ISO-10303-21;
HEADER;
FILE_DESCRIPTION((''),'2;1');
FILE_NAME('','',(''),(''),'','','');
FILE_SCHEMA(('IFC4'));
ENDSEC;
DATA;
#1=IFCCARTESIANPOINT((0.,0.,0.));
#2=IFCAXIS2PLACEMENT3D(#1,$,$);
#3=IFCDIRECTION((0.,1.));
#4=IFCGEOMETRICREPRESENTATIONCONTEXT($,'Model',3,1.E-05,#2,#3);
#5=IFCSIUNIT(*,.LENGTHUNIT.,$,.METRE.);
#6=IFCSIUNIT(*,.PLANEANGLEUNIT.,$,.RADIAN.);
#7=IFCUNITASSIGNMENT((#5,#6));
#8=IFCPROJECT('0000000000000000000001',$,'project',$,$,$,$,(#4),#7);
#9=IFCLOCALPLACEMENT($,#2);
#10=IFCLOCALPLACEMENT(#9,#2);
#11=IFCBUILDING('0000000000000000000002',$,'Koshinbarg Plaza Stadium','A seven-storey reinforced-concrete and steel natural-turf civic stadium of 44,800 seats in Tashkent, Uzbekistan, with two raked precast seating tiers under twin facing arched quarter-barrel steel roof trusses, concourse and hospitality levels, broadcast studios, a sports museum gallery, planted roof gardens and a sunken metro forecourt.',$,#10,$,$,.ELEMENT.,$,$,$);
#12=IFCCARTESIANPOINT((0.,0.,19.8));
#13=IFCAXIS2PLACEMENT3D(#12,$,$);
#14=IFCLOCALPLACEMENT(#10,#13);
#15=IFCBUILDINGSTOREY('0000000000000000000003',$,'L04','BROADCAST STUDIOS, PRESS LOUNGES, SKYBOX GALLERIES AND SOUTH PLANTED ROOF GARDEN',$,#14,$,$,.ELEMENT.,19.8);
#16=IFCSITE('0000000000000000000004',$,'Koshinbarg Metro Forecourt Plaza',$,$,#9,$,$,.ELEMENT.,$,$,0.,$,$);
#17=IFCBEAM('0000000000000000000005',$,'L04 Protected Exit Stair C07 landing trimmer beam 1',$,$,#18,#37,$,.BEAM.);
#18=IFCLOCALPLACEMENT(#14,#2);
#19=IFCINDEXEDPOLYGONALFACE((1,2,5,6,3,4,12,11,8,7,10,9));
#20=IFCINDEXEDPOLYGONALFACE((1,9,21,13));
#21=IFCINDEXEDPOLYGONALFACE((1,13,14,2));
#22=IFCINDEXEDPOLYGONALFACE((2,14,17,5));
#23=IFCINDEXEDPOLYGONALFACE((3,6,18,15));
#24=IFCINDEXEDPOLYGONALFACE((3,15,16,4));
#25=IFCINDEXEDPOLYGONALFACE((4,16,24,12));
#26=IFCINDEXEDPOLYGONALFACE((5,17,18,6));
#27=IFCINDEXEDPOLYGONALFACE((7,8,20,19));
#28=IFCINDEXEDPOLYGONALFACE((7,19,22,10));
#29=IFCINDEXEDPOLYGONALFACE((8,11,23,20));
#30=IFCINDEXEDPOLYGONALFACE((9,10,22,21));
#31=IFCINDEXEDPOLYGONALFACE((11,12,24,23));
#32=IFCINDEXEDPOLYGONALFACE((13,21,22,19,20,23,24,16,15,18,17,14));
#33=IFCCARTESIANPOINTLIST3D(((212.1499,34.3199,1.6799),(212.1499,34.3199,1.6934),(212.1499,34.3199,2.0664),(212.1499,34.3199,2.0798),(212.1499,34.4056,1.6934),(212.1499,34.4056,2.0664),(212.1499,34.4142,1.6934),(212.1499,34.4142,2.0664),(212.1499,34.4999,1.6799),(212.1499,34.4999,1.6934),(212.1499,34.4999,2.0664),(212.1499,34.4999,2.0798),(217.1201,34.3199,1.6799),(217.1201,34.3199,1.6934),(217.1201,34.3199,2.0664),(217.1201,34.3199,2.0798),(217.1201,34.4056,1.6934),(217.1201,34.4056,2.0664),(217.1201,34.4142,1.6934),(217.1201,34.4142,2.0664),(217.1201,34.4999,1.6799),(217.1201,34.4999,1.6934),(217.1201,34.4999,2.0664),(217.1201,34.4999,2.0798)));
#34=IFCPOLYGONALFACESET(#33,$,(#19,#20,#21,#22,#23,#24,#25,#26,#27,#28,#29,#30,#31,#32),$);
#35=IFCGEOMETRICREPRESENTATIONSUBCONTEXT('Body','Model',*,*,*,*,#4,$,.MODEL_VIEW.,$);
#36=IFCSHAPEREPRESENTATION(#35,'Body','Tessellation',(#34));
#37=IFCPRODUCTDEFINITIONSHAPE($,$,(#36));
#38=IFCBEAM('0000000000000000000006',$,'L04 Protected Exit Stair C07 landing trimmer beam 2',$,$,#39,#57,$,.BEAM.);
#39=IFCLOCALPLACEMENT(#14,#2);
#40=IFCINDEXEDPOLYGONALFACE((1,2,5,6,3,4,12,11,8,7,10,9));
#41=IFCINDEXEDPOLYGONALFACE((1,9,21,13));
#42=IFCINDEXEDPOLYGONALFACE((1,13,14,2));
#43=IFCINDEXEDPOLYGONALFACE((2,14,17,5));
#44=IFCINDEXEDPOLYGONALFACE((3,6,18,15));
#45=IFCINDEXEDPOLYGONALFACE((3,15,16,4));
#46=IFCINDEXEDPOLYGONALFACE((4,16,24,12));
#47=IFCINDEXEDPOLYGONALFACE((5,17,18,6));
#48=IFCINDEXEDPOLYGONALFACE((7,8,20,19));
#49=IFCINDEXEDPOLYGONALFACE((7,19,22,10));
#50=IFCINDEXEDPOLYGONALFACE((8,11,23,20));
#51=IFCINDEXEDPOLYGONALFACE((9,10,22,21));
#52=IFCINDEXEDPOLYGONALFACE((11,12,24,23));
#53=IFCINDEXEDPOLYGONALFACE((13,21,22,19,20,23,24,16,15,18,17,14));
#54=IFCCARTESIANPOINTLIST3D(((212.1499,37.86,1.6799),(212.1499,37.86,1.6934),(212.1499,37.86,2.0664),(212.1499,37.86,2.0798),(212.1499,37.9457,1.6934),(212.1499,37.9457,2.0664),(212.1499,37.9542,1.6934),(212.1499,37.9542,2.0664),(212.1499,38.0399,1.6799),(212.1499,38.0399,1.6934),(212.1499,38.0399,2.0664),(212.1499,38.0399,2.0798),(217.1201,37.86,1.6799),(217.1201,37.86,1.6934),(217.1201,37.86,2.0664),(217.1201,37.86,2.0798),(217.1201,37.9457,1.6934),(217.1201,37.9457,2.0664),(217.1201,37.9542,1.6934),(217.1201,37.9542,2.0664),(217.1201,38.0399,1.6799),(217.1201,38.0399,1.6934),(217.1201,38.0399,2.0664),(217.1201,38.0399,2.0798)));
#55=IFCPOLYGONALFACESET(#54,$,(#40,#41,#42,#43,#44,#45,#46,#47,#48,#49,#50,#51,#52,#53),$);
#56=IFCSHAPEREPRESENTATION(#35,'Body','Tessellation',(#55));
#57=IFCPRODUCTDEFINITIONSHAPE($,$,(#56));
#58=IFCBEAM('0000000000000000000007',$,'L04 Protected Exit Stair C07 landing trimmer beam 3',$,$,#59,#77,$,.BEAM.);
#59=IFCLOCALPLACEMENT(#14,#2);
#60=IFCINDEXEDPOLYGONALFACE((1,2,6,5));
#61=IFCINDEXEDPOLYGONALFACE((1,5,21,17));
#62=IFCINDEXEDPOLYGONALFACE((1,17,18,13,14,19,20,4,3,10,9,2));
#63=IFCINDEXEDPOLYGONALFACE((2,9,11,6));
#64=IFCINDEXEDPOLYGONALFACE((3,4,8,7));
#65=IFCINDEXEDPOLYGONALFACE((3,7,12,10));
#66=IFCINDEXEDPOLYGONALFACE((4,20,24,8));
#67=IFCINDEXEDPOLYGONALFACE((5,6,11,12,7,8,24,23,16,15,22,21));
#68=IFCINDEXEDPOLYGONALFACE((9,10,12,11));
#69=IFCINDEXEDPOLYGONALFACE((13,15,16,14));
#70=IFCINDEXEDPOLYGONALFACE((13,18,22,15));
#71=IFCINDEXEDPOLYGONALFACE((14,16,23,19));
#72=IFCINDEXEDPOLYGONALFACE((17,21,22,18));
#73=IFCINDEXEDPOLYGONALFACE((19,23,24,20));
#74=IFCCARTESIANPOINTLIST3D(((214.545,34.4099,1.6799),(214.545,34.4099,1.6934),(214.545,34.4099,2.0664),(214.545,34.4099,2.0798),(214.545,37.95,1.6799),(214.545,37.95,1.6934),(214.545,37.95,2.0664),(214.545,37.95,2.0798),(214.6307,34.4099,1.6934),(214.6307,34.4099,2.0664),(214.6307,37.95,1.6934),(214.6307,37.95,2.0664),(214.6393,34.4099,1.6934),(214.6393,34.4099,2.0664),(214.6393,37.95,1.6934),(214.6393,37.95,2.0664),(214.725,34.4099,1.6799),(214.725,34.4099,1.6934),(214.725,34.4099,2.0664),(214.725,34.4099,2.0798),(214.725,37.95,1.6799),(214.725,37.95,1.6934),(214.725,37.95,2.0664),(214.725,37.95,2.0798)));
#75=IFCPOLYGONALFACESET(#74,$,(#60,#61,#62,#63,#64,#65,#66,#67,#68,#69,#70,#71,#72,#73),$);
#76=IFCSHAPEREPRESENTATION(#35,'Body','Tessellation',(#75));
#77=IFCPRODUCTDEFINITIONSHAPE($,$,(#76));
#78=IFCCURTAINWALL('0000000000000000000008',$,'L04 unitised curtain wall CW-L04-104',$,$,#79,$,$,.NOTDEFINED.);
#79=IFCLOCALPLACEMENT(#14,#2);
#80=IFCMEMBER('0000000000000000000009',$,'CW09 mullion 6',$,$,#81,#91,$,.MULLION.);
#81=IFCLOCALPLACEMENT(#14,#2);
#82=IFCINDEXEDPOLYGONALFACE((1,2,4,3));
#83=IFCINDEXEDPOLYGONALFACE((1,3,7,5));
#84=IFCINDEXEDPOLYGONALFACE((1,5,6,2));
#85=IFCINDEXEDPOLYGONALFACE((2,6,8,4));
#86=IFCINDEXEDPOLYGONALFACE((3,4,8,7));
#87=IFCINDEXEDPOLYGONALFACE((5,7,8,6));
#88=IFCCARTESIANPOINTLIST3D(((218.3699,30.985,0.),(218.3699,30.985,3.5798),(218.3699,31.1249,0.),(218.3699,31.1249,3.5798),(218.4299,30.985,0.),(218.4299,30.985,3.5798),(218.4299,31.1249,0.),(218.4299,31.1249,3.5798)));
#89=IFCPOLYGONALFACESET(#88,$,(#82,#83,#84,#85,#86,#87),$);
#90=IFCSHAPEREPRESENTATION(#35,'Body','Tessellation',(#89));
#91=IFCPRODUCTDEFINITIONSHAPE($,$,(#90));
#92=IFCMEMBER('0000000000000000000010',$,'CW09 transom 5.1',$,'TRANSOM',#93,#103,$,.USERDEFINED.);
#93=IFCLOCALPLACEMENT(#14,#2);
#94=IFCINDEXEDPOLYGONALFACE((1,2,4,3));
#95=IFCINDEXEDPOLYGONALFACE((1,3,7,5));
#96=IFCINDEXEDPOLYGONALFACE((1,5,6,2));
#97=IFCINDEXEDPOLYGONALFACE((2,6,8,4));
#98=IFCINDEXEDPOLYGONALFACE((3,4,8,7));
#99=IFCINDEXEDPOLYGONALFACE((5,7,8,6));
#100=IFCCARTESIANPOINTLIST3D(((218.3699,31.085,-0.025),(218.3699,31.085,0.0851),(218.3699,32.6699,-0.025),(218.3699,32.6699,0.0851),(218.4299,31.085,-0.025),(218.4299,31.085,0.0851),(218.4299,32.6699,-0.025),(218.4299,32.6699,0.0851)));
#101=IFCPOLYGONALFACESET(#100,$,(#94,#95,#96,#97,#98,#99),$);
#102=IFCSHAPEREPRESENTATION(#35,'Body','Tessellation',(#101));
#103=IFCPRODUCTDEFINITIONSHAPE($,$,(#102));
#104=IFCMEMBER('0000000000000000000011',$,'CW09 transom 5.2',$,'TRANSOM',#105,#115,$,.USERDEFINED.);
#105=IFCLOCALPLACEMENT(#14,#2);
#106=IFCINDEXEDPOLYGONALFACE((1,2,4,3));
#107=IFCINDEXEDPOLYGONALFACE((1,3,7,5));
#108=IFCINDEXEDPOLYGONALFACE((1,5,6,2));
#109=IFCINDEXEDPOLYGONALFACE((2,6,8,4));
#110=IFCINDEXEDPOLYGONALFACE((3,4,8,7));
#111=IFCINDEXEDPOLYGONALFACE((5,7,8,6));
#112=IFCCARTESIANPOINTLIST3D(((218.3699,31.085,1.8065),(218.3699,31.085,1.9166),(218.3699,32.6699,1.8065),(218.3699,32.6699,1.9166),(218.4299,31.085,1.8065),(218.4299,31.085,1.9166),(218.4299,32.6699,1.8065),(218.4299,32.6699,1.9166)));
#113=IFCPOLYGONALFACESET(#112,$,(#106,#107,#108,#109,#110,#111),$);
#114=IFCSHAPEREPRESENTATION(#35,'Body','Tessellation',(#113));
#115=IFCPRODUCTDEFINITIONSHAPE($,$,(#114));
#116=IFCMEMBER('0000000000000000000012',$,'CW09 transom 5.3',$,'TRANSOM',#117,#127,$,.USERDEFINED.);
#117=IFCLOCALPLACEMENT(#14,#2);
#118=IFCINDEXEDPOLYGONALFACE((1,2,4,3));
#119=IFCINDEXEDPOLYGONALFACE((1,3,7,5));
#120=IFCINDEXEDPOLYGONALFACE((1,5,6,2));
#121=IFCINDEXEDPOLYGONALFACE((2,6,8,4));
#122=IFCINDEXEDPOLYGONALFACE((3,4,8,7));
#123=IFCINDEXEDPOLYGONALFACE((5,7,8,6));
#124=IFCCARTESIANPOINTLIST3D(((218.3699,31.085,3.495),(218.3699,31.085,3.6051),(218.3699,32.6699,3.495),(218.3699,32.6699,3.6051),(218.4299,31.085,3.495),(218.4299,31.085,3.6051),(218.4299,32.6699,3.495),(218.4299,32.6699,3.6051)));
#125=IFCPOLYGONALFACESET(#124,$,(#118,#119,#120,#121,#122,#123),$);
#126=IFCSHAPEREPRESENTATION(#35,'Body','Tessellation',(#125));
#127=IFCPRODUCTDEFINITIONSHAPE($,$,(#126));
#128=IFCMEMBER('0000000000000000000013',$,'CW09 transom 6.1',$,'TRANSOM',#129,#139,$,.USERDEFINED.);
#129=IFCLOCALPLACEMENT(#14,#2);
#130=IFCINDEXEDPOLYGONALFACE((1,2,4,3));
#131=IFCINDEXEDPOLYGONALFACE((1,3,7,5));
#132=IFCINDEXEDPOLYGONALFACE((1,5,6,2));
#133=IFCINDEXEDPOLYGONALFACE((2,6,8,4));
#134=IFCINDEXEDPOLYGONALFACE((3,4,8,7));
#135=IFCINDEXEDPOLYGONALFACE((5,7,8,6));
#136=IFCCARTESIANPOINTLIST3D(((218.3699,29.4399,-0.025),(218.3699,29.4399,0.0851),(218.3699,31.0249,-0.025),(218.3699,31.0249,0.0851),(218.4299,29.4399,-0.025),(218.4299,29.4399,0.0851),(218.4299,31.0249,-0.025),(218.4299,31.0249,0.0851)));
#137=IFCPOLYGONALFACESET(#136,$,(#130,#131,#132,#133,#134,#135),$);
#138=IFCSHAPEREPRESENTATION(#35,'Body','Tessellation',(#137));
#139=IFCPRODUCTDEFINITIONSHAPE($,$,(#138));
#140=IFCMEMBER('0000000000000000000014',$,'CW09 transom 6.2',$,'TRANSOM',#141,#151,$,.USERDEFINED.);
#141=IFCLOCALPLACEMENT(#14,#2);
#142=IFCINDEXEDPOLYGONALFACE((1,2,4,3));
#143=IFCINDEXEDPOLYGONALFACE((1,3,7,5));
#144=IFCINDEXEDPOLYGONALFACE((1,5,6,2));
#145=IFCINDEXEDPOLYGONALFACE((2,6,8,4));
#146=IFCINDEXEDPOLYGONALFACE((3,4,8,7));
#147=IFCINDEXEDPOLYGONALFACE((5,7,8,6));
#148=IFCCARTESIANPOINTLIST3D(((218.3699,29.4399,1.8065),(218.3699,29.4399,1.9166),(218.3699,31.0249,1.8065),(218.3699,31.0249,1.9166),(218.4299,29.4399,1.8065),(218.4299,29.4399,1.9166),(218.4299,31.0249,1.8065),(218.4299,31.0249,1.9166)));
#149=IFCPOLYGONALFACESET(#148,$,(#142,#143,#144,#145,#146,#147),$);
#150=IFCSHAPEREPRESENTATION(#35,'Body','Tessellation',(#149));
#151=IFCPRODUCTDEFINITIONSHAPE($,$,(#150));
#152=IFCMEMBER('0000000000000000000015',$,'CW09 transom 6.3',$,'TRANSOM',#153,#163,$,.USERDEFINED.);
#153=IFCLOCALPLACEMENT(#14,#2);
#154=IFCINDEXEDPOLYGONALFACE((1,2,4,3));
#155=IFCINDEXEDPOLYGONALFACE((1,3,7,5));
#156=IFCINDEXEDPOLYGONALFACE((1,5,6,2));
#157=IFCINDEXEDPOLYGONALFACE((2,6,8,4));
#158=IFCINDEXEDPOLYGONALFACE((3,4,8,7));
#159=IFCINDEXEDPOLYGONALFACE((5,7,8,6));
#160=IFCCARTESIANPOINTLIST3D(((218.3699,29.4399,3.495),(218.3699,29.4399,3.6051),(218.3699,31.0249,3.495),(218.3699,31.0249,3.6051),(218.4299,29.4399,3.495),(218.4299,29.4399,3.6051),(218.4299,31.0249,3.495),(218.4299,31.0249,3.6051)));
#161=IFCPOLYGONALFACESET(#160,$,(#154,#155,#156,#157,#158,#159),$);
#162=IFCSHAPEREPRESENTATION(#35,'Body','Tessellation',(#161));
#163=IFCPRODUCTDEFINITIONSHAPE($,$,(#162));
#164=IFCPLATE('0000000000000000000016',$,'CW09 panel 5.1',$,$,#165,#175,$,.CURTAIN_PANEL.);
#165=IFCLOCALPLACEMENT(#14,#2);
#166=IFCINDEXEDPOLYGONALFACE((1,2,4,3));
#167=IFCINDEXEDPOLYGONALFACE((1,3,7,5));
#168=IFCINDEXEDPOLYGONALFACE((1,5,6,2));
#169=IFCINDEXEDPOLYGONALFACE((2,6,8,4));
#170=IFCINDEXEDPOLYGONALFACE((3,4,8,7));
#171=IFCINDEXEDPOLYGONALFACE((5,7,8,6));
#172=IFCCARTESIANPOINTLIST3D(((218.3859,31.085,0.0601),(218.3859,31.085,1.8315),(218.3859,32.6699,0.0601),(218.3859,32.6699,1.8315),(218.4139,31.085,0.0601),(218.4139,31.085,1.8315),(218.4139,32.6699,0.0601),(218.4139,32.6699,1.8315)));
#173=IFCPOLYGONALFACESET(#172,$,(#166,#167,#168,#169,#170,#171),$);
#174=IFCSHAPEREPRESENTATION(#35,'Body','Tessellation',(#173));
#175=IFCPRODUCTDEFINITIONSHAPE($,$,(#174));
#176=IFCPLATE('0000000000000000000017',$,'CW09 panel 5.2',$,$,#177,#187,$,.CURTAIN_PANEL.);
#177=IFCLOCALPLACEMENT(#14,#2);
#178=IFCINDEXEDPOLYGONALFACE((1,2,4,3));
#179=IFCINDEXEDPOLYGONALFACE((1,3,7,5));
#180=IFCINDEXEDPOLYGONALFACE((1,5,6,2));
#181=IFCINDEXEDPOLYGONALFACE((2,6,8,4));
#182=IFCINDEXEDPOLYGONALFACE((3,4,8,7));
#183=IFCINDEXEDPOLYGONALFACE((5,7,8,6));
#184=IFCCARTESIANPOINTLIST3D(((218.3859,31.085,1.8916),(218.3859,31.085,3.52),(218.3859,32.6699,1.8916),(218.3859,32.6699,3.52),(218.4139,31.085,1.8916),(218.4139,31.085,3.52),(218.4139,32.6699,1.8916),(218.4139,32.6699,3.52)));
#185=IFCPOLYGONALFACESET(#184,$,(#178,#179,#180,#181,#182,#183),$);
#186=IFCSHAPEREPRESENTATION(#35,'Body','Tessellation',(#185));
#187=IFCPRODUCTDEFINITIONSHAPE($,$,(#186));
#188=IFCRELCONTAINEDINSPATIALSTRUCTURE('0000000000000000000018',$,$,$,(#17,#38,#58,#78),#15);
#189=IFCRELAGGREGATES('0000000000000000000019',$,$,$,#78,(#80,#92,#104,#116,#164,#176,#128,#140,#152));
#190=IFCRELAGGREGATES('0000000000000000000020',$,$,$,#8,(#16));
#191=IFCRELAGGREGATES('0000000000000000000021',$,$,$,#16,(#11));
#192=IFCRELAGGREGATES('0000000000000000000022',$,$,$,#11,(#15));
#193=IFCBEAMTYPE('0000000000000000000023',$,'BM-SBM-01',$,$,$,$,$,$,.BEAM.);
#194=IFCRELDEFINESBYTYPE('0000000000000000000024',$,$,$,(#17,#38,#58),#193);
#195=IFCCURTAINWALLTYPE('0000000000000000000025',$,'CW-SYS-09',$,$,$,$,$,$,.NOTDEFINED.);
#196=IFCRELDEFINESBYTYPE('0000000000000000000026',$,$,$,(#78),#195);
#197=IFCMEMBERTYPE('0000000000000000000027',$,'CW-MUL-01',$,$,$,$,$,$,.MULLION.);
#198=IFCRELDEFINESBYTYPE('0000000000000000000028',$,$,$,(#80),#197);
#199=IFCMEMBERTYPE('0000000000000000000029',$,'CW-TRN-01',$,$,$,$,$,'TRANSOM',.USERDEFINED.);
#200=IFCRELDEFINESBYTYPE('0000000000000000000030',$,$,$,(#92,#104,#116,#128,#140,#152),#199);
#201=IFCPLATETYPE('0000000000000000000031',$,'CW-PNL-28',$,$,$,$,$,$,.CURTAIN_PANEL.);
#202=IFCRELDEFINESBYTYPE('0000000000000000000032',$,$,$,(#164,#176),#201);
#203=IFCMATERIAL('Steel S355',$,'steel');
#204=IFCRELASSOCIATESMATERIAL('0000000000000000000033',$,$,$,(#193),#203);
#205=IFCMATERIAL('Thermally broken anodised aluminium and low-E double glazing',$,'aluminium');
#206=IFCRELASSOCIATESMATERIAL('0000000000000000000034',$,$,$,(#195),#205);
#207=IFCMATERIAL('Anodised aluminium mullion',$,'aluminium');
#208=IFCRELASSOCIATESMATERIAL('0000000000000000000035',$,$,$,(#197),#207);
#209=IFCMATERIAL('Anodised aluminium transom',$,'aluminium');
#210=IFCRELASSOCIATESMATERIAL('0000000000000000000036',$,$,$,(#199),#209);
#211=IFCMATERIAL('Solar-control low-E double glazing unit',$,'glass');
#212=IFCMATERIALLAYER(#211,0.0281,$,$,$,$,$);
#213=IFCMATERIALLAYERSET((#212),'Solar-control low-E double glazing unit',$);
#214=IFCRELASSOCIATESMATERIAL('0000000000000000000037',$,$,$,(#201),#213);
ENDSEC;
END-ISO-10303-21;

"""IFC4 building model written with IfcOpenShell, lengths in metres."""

from ifc_helpers import new_model, si_unit, direction, frame, origin, origin_2d, place, context, subcontext, project, spatial, rectangle, i_section, extrude, material, layer, layer_set, material_profile, profile_set, type_object, element, aggregate, save


model = new_model("IFC4")

# Units and contexts
model_context = context("Model", 3, precision=1e-05, world=origin(), true_north=direction((0.0, 1.0)))
body_context = subcontext(model_context, "Body", "Model", "MODEL_VIEW")
ifc_project = project(units=[si_unit("LENGTHUNIT", "METRE"), si_unit("PLANEANGLEUNIT", "RADIAN")], contexts=[model_context])

# Site, building, storey
site_placement = place(None, origin())
site = spatial("IfcSite", under=ifc_project, at=site_placement, Name="Koshinbarg Metro Forecourt Plaza", CompositionType="ELEMENT", RefElevation=0.0)
building_placement = place(site_placement, origin())
building = spatial("IfcBuilding", under=site, at=building_placement, Name="Koshinbarg Plaza Stadium", Description="A seven-storey reinforced-concrete and steel natural-turf civic stadium of 44,800 seats in Tashkent, Uzbekistan, with two raked precast seating tiers under twin facing arched quarter-barrel steel roof trusses, concourse and hospitality levels, broadcast studios, a sports museum gallery, planted roof gardens and a sunken metro forecourt.", CompositionType="ELEMENT")
storey_placement = place(building_placement, frame((0.0, 0.0, 19.8)))
storey = spatial("IfcBuildingStorey", under=building, at=storey_placement, Name="L04", Description="BROADCAST STUDIOS, PRESS LOUNGES, SKYBOX GALLERIES AND SOUTH PLANTED ROOF GARDEN", CompositionType="ELEMENT", Elevation=19.8)

# Beams
ifc_material_1 = material(Name="Steel S355", Category="steel")
ifc_material_profile_1 = material_profile(ifc_material_1, i_section(OverallWidth=0.1799, OverallDepth=0.3999, WebThickness=0.0085, FlangeThickness=0.0134, at=origin_2d()), Name="IPE 400")
ifc_profile_set_1 = profile_set([ifc_material_profile_1], Name="Steel S355")
beam_type = type_object("IfcBeamType", Name="BM-SBM-01", PredefinedType="BEAM", material=ifc_profile_set_1)
for number, where, z_axis, x_axis, name in (
    (1, (212.1499, 34.4099, 1.8799), (1.0, 0.0, 0.0), (0.0, 1.0, 0.0), "L04 Protected Exit Stair C07 landing trimmer beam 1"),
    (2, (212.1499, 37.95, 1.8799), (1.0, 0.0, 0.0), (0.0, 1.0, 0.0), "L04 Protected Exit Stair C07 landing trimmer beam 2"),
):
    element("IfcBeam", number, at=place(storey_placement, frame(where, z_axis=z_axis, x_axis=x_axis)), inside=storey, type_object=beam_type, Name=name, PredefinedType="BEAM", context=body_context, shape_type="SweptSolid", body=[
        extrude(i_section(OverallWidth=0.1799, OverallDepth=0.3999, WebThickness=0.0085, FlangeThickness=0.0134, at=origin_2d()), origin(), (0.0, 0.0, 1.0), 4.9702),
    ])
beam_placement = place(storey_placement, frame((214.635, 34.4099, 1.8799), z_axis=(0.0, 1.0, 0.0), x_axis=(-1.0, 0.0, 0.0)))
element("IfcBeam", 3, at=beam_placement, inside=storey, type_object=beam_type, Name="L04 Protected Exit Stair C07 landing trimmer beam 3", PredefinedType="BEAM", context=body_context, shape_type="SweptSolid", body=[
    extrude(i_section(OverallWidth=0.1799, OverallDepth=0.3999, WebThickness=0.0085, FlangeThickness=0.0134, at=origin_2d()), origin(), (0.0, 0.0, 1.0), 3.54),
])

# Curtain wall, members, plates
ifc_material_2 = material(Name="Thermally broken anodised aluminium and low-E double glazing", Category="aluminium")
curtain_wall_type = type_object("IfcCurtainWallType", Name="CW-SYS-09", PredefinedType="NOTDEFINED", material=ifc_material_2)
curtain_wall_placement = place(storey_placement, origin())
curtain_wall = element("IfcCurtainWall", 4, at=curtain_wall_placement, inside=storey, type_object=curtain_wall_type, Name="L04 unitised curtain wall CW-L04-104", PredefinedType="NOTDEFINED")
ifc_material_3 = material(Name="Anodised aluminium mullion", Category="aluminium")
ifc_material_profile_2 = material_profile(ifc_material_3, rectangle(XDim=0.0601, YDim=0.1399, at=origin_2d()), Name="ALU 60x140")
ifc_profile_set_2 = profile_set([ifc_material_profile_2], Name="Anodised aluminium mullion")
member_type_1 = type_object("IfcMemberType", Name="CW-MUL-01", PredefinedType="MULLION", material=ifc_profile_set_2)
member_1_placement = place(storey_placement, frame((218.3999, 31.0549, 0.0), z_axis=(0.0, 0.0, 1.0), x_axis=(1.0, 0.0, 0.0)))
member_1 = element("IfcMember", 5, at=member_1_placement, type_object=member_type_1, Name="CW09 mullion 6", PredefinedType="MULLION", context=body_context, shape_type="SweptSolid", body=[
    extrude(rectangle(XDim=0.0601, YDim=0.1399, at=origin_2d()), origin(), (0.0, 0.0, 1.0), 3.5798),
])
ifc_material_4 = material(Name="Anodised aluminium transom", Category="aluminium")
ifc_material_profile_3 = material_profile(ifc_material_4, rectangle(XDim=0.0601, YDim=0.1101, at=origin_2d()), Name="ALU 60x110")
ifc_profile_set_3 = profile_set([ifc_material_profile_3], Name="Anodised aluminium transom")
member_type_2 = type_object("IfcMemberType", Name="CW-TRN-01", ElementType="TRANSOM", PredefinedType="USERDEFINED", material=ifc_profile_set_3)
member_2_placement = place(storey_placement, frame((218.3999, 32.6699, 0.03), z_axis=(0.0, -1.0, 0.0), x_axis=(1.0, 0.0, 0.0)))
member_2 = element("IfcMember", 6, at=member_2_placement, type_object=member_type_2, Name="CW09 transom 5.1", ObjectType="TRANSOM", PredefinedType="USERDEFINED", context=body_context, shape_type="SweptSolid", body=[
    extrude(rectangle(XDim=0.0601, YDim=0.1101, at=origin_2d()), origin(), (0.0, 0.0, 1.0), 1.585),
])
member_3_placement = place(storey_placement, frame((218.3999, 32.6699, 1.8616), z_axis=(0.0, -1.0, 0.0), x_axis=(1.0, 0.0, 0.0)))
member_3 = element("IfcMember", 7, at=member_3_placement, type_object=member_type_2, Name="CW09 transom 5.2", ObjectType="TRANSOM", PredefinedType="USERDEFINED", context=body_context, shape_type="SweptSolid", body=[
    extrude(rectangle(XDim=0.0601, YDim=0.1101, at=origin_2d()), origin(), (0.0, 0.0, 1.0), 1.585),
])
member_4_placement = place(storey_placement, frame((218.3999, 32.6699, 3.55), z_axis=(0.0, -1.0, 0.0), x_axis=(1.0, 0.0, 0.0)))
member_4 = element("IfcMember", 8, at=member_4_placement, type_object=member_type_2, Name="CW09 transom 5.3", ObjectType="TRANSOM", PredefinedType="USERDEFINED", context=body_context, shape_type="SweptSolid", body=[
    extrude(rectangle(XDim=0.0601, YDim=0.1101, at=origin_2d()), origin(), (0.0, 0.0, 1.0), 1.585),
])
member_5_placement = place(storey_placement, frame((218.3999, 31.0249, 0.03), z_axis=(0.0, -1.0, 0.0), x_axis=(1.0, 0.0, 0.0)))
member_5 = element("IfcMember", 9, at=member_5_placement, type_object=member_type_2, Name="CW09 transom 6.1", ObjectType="TRANSOM", PredefinedType="USERDEFINED", context=body_context, shape_type="SweptSolid", body=[
    extrude(rectangle(XDim=0.0601, YDim=0.1101, at=origin_2d()), origin(), (0.0, 0.0, 1.0), 1.585),
])
member_6_placement = place(storey_placement, frame((218.3999, 31.0249, 1.8616), z_axis=(0.0, -1.0, 0.0), x_axis=(1.0, 0.0, 0.0)))
member_6 = element("IfcMember", 10, at=member_6_placement, type_object=member_type_2, Name="CW09 transom 6.2", ObjectType="TRANSOM", PredefinedType="USERDEFINED", context=body_context, shape_type="SweptSolid", body=[
    extrude(rectangle(XDim=0.0601, YDim=0.1101, at=origin_2d()), origin(), (0.0, 0.0, 1.0), 1.585),
])
member_7_placement = place(storey_placement, frame((218.3999, 31.0249, 3.55), z_axis=(0.0, -1.0, 0.0), x_axis=(1.0, 0.0, 0.0)))
member_7 = element("IfcMember", 11, at=member_7_placement, type_object=member_type_2, Name="CW09 transom 6.3", ObjectType="TRANSOM", PredefinedType="USERDEFINED", context=body_context, shape_type="SweptSolid", body=[
    extrude(rectangle(XDim=0.0601, YDim=0.1101, at=origin_2d()), origin(), (0.0, 0.0, 1.0), 1.585),
])
ifc_material_5 = material(Name="Solar-control low-E double glazing unit", Category="glass")
ifc_layer_1 = layer(ifc_material_5, 0.0281)
ifc_layer_set_1 = layer_set([ifc_layer_1], Name="Solar-control low-E double glazing unit")
plate_type = type_object("IfcPlateType", Name="CW-PNL-28", PredefinedType="CURTAIN_PANEL", material=ifc_layer_set_1)
plate_1_placement = place(storey_placement, frame((218.3999, 31.8774, 0.0601), z_axis=(0.0, 0.0, 1.0), x_axis=(0.0, -1.0, 0.0)))
plate_1 = element("IfcPlate", 12, at=plate_1_placement, type_object=plate_type, Name="CW09 panel 5.1", PredefinedType="CURTAIN_PANEL", context=body_context, shape_type="SweptSolid", body=[
    extrude(rectangle(XDim=1.585, YDim=0.0281, at=origin_2d()), origin(), (0.0, 0.0, 1.0), 1.7715),
])
plate_2_placement = place(storey_placement, frame((218.3999, 31.8774, 1.8916), z_axis=(0.0, 0.0, 1.0), x_axis=(0.0, -1.0, 0.0)))
plate_2 = element("IfcPlate", 13, at=plate_2_placement, type_object=plate_type, Name="CW09 panel 5.2", PredefinedType="CURTAIN_PANEL", context=body_context, shape_type="SweptSolid", body=[
    extrude(rectangle(XDim=1.585, YDim=0.0281, at=origin_2d()), origin(), (0.0, 0.0, 1.0), 1.6284),
])
aggregate(curtain_wall, [member_1, member_2, member_3, member_4, plate_1, plate_2, member_5, member_6, member_7])

save(model, "model.ifc")
